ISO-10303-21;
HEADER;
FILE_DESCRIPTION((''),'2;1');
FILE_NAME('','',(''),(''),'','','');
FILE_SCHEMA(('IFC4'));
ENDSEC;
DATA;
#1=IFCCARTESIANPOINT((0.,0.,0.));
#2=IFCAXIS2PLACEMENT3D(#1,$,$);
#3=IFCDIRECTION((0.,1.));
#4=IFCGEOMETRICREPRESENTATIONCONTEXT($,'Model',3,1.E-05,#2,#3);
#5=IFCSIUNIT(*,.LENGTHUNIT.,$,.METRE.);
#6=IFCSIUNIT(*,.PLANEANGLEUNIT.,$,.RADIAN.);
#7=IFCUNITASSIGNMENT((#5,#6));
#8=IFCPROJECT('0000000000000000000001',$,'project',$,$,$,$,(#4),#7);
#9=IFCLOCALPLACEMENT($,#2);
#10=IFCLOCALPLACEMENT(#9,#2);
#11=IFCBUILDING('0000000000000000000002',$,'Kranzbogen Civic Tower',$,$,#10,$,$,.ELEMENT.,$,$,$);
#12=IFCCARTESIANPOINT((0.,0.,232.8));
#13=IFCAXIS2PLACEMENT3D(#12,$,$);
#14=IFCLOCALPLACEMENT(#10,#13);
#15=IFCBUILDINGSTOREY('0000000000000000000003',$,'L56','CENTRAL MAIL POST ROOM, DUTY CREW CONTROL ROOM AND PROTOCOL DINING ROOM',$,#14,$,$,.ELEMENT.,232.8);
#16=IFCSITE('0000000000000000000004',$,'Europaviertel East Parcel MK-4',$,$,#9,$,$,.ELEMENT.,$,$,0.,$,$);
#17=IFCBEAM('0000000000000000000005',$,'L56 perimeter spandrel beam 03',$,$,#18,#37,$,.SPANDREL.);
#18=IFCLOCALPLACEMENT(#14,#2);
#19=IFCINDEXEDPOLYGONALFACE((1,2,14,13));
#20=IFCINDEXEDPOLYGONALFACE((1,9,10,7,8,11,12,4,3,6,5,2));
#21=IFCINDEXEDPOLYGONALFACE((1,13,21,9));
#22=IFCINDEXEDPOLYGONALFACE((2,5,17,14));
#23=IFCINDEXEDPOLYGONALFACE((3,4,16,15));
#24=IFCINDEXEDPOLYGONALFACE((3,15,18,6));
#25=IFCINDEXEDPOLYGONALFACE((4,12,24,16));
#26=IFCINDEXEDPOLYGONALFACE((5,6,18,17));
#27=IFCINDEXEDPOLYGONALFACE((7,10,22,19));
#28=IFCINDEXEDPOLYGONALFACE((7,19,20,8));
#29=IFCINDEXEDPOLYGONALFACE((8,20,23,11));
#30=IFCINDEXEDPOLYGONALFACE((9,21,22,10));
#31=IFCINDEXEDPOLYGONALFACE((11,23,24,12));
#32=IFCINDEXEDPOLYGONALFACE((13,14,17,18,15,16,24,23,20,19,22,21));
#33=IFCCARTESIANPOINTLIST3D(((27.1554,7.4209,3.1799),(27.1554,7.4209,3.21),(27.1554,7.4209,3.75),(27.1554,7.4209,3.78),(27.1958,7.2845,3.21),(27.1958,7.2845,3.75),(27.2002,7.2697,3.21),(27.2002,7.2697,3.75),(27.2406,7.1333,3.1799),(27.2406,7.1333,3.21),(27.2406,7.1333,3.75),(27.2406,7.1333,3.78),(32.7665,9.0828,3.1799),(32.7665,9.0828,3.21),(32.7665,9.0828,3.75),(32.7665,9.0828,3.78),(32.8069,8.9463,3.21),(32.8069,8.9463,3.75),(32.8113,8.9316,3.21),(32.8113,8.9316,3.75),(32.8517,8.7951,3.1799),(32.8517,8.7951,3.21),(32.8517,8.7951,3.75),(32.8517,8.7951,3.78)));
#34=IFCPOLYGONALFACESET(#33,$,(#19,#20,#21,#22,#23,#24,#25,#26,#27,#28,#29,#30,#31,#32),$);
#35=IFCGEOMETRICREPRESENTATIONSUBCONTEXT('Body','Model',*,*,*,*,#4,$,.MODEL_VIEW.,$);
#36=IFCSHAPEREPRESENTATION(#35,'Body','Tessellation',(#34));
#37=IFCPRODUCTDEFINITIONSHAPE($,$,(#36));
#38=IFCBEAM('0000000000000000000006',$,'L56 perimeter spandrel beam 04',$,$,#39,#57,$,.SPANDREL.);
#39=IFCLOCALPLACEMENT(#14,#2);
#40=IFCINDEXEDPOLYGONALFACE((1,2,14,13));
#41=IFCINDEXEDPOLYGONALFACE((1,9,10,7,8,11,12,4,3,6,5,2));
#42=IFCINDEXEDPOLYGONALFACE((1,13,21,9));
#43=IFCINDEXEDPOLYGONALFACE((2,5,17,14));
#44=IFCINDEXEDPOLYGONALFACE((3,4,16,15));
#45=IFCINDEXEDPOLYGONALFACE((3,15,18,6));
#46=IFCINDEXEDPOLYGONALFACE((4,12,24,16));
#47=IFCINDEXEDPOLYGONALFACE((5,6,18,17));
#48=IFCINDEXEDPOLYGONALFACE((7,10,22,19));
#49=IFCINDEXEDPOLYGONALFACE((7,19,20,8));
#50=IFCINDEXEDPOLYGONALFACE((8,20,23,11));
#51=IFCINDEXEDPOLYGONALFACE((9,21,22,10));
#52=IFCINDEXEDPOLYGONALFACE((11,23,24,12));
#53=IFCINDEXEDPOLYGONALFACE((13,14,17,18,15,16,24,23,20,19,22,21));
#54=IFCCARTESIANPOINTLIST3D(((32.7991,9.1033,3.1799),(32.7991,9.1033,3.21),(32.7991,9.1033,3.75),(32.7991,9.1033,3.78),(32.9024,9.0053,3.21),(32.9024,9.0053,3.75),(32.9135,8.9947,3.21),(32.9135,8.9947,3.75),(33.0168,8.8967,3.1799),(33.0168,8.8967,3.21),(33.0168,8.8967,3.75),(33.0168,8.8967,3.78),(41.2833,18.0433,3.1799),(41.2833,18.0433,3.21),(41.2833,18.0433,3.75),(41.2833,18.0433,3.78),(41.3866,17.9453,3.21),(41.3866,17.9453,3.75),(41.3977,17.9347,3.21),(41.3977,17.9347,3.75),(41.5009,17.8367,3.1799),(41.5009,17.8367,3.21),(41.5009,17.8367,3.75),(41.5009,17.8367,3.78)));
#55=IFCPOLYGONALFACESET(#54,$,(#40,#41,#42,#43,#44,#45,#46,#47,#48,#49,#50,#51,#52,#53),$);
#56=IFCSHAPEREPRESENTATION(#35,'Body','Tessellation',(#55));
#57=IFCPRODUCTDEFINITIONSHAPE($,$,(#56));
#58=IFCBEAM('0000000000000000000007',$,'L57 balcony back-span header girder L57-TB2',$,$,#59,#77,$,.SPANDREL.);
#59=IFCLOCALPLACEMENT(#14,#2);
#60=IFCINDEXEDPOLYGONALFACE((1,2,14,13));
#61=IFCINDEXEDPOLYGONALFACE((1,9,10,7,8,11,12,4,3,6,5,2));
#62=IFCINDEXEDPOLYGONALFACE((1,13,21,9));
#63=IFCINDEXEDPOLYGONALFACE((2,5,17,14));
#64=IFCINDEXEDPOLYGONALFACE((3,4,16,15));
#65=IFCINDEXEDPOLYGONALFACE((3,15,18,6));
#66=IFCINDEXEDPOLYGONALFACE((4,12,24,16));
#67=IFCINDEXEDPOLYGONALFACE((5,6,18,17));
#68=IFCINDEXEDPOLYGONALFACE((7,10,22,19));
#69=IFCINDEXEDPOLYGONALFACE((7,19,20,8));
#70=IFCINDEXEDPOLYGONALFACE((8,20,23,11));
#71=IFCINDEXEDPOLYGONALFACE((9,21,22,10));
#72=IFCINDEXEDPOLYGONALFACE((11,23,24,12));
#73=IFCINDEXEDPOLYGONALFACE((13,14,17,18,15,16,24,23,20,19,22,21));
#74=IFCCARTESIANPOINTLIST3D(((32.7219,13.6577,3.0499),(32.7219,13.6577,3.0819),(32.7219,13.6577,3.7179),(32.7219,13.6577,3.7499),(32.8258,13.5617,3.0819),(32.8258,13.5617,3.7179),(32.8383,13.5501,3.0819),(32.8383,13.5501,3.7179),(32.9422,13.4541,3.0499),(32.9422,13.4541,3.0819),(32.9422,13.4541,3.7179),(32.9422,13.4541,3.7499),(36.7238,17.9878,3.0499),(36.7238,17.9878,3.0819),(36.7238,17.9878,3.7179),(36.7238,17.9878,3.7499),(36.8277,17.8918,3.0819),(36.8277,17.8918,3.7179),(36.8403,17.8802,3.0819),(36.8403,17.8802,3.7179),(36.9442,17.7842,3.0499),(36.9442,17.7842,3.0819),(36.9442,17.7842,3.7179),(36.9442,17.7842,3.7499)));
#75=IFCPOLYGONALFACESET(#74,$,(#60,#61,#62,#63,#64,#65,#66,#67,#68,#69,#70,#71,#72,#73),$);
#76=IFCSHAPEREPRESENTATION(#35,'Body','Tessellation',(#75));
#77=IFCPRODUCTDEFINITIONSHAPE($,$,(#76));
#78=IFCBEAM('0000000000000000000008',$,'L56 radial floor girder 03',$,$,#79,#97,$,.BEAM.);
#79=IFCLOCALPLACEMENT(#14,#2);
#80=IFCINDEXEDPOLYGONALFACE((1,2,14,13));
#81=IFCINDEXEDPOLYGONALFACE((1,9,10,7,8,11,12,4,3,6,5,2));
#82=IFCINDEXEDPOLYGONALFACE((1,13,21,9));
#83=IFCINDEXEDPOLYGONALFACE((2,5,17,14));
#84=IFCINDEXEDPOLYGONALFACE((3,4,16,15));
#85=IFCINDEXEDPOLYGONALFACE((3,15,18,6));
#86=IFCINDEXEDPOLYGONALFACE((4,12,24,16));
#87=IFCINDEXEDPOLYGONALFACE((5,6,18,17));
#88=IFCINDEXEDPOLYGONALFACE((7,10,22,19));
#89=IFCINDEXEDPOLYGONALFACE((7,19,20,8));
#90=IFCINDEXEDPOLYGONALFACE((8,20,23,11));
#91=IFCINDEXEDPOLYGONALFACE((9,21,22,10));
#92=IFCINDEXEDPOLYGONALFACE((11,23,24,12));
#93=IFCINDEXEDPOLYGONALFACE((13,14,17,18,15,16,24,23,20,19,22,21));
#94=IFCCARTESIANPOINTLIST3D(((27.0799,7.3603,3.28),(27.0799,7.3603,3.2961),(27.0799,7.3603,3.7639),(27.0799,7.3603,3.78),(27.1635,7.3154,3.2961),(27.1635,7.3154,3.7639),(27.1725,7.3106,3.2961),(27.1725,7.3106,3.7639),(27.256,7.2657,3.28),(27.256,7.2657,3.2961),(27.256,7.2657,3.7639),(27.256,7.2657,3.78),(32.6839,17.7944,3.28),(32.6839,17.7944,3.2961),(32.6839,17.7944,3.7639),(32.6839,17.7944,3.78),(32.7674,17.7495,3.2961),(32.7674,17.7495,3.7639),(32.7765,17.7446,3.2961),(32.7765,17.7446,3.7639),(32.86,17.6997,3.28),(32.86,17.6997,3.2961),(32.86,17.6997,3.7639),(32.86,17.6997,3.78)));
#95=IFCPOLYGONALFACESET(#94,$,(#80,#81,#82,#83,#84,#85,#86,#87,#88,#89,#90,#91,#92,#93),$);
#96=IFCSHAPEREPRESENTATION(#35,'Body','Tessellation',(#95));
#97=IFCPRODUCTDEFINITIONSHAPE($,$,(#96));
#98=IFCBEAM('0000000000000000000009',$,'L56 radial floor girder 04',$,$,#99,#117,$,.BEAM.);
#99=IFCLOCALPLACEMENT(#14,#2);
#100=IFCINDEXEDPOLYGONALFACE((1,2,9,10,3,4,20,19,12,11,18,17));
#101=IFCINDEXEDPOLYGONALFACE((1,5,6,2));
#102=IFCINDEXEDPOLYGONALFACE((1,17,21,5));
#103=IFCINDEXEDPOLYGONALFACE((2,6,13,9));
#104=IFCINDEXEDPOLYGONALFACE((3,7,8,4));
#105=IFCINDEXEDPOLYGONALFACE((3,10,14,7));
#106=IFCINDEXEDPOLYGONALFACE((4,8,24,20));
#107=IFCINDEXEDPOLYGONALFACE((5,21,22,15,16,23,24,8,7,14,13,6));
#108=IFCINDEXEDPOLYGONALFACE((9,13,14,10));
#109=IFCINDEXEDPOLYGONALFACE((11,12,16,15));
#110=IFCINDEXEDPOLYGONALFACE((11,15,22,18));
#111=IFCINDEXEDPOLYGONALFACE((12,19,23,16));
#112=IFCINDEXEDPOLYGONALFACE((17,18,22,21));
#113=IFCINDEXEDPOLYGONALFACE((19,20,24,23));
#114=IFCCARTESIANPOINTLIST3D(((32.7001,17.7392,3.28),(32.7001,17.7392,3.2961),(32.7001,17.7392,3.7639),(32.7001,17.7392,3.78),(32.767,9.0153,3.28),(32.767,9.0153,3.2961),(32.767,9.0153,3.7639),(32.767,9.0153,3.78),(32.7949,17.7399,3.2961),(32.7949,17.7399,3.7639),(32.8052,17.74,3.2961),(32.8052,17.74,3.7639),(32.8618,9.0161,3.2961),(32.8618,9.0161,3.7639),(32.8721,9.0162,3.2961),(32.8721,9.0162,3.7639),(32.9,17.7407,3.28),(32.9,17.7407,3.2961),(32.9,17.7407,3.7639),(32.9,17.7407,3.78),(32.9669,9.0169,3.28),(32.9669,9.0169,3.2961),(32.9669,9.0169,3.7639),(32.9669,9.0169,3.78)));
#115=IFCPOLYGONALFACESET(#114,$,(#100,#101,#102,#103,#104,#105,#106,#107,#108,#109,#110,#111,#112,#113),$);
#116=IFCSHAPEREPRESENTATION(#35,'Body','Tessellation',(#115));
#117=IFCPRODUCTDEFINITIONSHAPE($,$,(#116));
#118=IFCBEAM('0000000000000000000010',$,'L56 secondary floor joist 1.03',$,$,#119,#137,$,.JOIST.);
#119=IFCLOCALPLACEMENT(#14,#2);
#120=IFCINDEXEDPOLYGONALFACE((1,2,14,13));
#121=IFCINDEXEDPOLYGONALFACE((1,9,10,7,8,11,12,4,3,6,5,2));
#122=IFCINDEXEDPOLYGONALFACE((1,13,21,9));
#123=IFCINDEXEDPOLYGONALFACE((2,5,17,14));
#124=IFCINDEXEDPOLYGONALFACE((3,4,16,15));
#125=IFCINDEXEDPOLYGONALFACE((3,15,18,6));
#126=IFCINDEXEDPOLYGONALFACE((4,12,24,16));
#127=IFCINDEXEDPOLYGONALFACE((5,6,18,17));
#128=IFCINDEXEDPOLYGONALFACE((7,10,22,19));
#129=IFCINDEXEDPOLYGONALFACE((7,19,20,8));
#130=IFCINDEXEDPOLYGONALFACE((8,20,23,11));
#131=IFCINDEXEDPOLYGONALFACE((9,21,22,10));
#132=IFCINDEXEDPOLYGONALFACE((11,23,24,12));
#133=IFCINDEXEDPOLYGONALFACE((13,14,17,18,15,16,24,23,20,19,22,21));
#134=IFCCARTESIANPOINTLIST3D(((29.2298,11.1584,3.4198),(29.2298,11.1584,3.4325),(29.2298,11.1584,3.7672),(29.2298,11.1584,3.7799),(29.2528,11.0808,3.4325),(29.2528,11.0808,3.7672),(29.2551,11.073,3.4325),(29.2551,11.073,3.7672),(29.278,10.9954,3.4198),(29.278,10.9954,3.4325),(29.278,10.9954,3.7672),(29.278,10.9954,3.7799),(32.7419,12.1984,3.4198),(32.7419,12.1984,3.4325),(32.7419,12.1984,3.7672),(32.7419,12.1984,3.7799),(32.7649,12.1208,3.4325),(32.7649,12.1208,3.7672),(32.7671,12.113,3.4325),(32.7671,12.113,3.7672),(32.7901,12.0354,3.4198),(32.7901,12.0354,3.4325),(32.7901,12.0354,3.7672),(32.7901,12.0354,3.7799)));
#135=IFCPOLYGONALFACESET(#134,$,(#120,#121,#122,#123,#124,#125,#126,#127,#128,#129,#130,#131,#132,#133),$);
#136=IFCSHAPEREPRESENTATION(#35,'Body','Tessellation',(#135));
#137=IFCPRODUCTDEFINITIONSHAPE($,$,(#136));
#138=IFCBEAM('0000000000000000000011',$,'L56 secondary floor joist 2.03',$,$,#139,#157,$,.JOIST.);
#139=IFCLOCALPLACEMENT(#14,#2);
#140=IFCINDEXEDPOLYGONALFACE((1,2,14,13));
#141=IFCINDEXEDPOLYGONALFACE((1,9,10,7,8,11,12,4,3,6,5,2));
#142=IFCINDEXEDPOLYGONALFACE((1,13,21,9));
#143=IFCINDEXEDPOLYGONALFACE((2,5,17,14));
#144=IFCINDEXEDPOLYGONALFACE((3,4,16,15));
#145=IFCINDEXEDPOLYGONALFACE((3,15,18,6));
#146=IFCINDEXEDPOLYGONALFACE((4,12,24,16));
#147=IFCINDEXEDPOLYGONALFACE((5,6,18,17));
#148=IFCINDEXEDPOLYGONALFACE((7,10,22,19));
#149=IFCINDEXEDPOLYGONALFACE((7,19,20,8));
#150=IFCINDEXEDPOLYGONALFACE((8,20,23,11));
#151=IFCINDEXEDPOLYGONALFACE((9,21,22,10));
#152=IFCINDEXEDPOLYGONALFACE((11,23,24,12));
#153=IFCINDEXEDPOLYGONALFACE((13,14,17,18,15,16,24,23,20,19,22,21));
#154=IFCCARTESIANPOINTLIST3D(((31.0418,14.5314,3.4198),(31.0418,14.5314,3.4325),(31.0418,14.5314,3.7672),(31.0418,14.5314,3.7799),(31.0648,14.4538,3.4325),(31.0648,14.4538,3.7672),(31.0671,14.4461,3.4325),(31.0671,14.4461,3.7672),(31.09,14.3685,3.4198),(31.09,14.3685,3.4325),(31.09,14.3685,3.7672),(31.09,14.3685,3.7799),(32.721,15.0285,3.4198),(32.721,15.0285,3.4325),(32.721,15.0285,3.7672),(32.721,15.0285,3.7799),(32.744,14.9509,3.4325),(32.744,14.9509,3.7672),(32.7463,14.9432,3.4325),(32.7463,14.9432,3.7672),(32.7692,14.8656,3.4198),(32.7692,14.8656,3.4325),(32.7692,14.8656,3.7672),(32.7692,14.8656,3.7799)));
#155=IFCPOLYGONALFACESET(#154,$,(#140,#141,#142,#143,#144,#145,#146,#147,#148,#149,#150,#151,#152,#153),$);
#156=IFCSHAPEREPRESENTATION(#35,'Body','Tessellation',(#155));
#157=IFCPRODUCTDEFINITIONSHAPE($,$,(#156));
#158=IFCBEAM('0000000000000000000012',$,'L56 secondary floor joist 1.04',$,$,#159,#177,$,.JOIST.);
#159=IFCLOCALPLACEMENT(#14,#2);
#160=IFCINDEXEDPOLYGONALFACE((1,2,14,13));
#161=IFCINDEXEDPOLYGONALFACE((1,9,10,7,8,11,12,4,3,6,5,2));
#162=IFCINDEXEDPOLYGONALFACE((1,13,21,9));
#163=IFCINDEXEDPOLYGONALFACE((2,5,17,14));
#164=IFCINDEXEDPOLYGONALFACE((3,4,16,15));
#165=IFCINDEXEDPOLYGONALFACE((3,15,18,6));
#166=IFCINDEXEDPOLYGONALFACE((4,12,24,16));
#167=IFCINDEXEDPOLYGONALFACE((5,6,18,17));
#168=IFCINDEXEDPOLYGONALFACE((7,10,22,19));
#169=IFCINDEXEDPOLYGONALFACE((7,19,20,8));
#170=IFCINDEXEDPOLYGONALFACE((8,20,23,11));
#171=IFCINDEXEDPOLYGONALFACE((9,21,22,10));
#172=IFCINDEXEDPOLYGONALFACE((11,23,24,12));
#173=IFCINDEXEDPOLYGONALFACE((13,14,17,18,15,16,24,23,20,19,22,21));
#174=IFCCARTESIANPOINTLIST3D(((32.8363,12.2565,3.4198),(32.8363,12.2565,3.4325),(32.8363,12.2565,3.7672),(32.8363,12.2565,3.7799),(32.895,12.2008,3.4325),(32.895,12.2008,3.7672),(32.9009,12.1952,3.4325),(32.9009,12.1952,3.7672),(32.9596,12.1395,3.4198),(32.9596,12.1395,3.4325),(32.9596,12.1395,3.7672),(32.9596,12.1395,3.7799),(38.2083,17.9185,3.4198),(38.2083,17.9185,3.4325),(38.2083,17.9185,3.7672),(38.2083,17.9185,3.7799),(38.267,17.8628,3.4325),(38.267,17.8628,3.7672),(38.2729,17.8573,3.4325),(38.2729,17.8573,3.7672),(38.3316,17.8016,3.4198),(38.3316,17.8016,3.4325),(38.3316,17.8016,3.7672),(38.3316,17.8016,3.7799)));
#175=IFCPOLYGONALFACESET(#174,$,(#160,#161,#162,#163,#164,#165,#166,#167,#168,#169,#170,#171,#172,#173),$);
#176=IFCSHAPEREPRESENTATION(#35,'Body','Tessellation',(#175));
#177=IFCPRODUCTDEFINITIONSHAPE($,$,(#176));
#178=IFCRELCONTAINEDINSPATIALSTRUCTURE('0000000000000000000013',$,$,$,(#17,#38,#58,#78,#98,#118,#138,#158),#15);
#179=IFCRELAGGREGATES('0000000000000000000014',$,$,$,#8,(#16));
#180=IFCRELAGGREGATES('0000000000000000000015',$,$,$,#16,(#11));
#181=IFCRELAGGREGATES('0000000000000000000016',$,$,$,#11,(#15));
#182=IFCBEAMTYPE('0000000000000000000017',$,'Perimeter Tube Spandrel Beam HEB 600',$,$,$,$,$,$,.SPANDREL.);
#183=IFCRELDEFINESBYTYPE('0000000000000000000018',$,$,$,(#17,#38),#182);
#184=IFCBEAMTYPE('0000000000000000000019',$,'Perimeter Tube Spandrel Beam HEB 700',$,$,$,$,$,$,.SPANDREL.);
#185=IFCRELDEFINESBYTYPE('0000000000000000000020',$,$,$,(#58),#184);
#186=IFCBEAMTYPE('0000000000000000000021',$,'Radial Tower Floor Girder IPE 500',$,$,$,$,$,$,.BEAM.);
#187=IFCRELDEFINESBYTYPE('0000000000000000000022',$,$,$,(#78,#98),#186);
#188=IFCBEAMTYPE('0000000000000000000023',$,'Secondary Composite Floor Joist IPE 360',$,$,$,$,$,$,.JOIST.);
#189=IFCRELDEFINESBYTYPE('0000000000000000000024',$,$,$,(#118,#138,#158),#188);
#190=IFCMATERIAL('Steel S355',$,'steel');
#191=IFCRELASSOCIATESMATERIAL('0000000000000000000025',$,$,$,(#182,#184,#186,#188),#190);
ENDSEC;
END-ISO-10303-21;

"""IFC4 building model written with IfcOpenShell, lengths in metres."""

from ifc_helpers import new_model, si_unit, direction, frame, origin, origin_2d, place, context, subcontext, project, spatial, i_section, extrude, material, material_profile, profile_set, type_object, element, save


model = new_model("IFC4")

# Units and contexts
model_context = context("Model", 3, precision=1e-05, world=origin(), true_north=direction((0.0, 1.0)))
body_context = subcontext(model_context, "Body", "Model", "MODEL_VIEW")
ifc_project = project(units=[si_unit("LENGTHUNIT", "METRE"), si_unit("PLANEANGLEUNIT", "RADIAN")], contexts=[model_context])

# Site, building, storey
site_placement = place(None, origin())
site = spatial("IfcSite", under=ifc_project, at=site_placement, Name="Europaviertel East Parcel MK-4", CompositionType="ELEMENT", RefElevation=0.0)
building_placement = place(site_placement, origin())
building = spatial("IfcBuilding", under=site, at=building_placement, Name="Kranzbogen Civic Tower", CompositionType="ELEMENT")
storey_placement = place(building_placement, frame((0.0, 0.0, 232.8)))
storey = spatial("IfcBuildingStorey", under=building, at=storey_placement, Name="L56", Description="CENTRAL MAIL POST ROOM, DUTY CREW CONTROL ROOM AND PROTOCOL DINING ROOM", CompositionType="ELEMENT", Elevation=232.8)

# Shared definitions
ifc_material_1 = material(Name="Steel S355", Category="steel")

# Beams
ifc_material_profile_1 = material_profile(ifc_material_1, i_section(OverallWidth=0.3, OverallDepth=0.6001, WebThickness=0.0154, FlangeThickness=0.03, at=origin_2d()), Name="HEB 600")
ifc_profile_set_1 = profile_set([ifc_material_profile_1], Name="Steel S355")
beam_type_1 = type_object("IfcBeamType", Name="Perimeter Tube Spandrel Beam HEB 600", PredefinedType="SPANDREL", material=ifc_profile_set_1)
beam_1_placement = place(storey_placement, frame((27.198, 7.2771, 3.48), z_axis=(0.95883, 0.283982, 0.0), x_axis=(-0.283982, 0.95883, 0.0)))
element("IfcBeam", 1, at=beam_1_placement, inside=storey, type_object=beam_type_1, Name="L56 perimeter spandrel beam 03", PredefinedType="SPANDREL", context=body_context, shape_type="SweptSolid", body=[
    extrude(i_section(OverallWidth=0.3, OverallDepth=0.6001, WebThickness=0.0154, FlangeThickness=0.03, at=origin_2d()), origin(), (0.0, 0.0, 1.0), 5.8521),
])
beam_2_placement = place(storey_placement, frame((32.908, 9.0, 3.48), z_axis=(0.688373, 0.725356, 0.0), x_axis=(-0.725356, 0.688373, 0.0)))
element("IfcBeam", 2, at=beam_2_placement, inside=storey, type_object=beam_type_1, Name="L56 perimeter spandrel beam 04", PredefinedType="SPANDREL", context=body_context, shape_type="SweptSolid", body=[
    extrude(i_section(OverallWidth=0.3, OverallDepth=0.6001, WebThickness=0.0154, FlangeThickness=0.03, at=origin_2d()), origin(), (0.0, 0.0, 1.0), 12.325),
])
ifc_material_profile_2 = material_profile(ifc_material_1, i_section(OverallWidth=0.3, OverallDepth=0.7, WebThickness=0.0171, FlangeThickness=0.032, at=origin_2d()), Name="HEB 700")
ifc_profile_set_2 = profile_set([ifc_material_profile_2], Name="Steel S355")
beam_type_2 = type_object("IfcBeamType", Name="Perimeter Tube Spandrel Beam HEB 700", PredefinedType="SPANDREL", material=ifc_profile_set_2)
beam_3_placement = place(storey_placement, frame((32.832, 13.5559, 3.3999), z_axis=(0.678734, 0.734384, 0.0), x_axis=(-0.734384, 0.678734, 0.0)))
element("IfcBeam", 3, at=beam_3_placement, inside=storey, type_object=beam_type_2, Name="L57 balcony back-span header girder L57-TB2", PredefinedType="SPANDREL", context=body_context, shape_type="SweptSolid", body=[
    extrude(i_section(OverallWidth=0.3, OverallDepth=0.7, WebThickness=0.0171, FlangeThickness=0.032, at=origin_2d()), origin(), (0.0, 0.0, 1.0), 5.8962),
])
ifc_material_profile_3 = material_profile(ifc_material_1, i_section(OverallWidth=0.2, OverallDepth=0.5, WebThickness=0.0103, FlangeThickness=0.0161, at=origin_2d()), Name="IPE 500")
ifc_profile_set_3 = profile_set([ifc_material_profile_3], Name="Steel S355")
beam_type_3 = type_object("IfcBeamType", Name="Radial Tower Floor Girder IPE 500", PredefinedType="BEAM", material=ifc_profile_set_3)
beam_4_placement = place(storey_placement, frame((27.168, 7.313, 3.53), z_axis=(0.47316, 0.880976, 0.0), x_axis=(-0.880976, 0.47316, 0.0)))
element("IfcBeam", 4, at=beam_4_placement, inside=storey, type_object=beam_type_3, Name="L56 radial floor girder 03", PredefinedType="BEAM", context=body_context, shape_type="SweptSolid", body=[
    extrude(i_section(OverallWidth=0.2, OverallDepth=0.5, WebThickness=0.0103, FlangeThickness=0.0161, at=origin_2d()), origin(), (0.0, 0.0, 1.0), 11.8438),
])
beam_5_placement = place(storey_placement, frame((32.8669, 9.0161, 3.53), z_axis=(-0.007668, 0.999971, 0.0), x_axis=(-0.999971, -0.007668, 0.0)))
element("IfcBeam", 5, at=beam_5_placement, inside=storey, type_object=beam_type_3, Name="L56 radial floor girder 04", PredefinedType="BEAM", context=body_context, shape_type="SweptSolid", body=[
    extrude(i_section(OverallWidth=0.2, OverallDepth=0.5, WebThickness=0.0103, FlangeThickness=0.0161, at=origin_2d()), origin(), (0.0, 0.0, 1.0), 8.7241),
])
ifc_material_profile_4 = material_profile(ifc_material_1, i_section(OverallWidth=0.1699, OverallDepth=0.3601, WebThickness=0.0081, FlangeThickness=0.0127, at=origin_2d()), Name="IPE 360")
ifc_profile_set_4 = profile_set([ifc_material_profile_4], Name="Steel S355")
beam_type_4 = type_object("IfcBeamType", Name="Secondary Composite Floor Joist IPE 360", PredefinedType="JOIST", material=ifc_profile_set_4)
beam_6_placement = place(storey_placement, frame((29.2539, 11.0769, 3.5999), z_axis=(0.958844, 0.283934, 0.0), x_axis=(-0.283934, 0.958844, 0.0)))
element("IfcBeam", 6, at=beam_6_placement, inside=storey, type_object=beam_type_4, Name="L56 secondary floor joist 1.03", PredefinedType="JOIST", context=body_context, shape_type="SweptSolid", body=[
    extrude(i_section(OverallWidth=0.1699, OverallDepth=0.3601, WebThickness=0.0081, FlangeThickness=0.0127, at=origin_2d()), origin(), (0.0, 0.0, 1.0), 3.6628),
])
beam_7_placement = place(storey_placement, frame((31.0659, 14.45, 3.5999), z_axis=(0.958871, 0.283841, 0.0), x_axis=(-0.283841, 0.958871, 0.0)))
element("IfcBeam", 7, at=beam_7_placement, inside=storey, type_object=beam_type_4, Name="L56 secondary floor joist 2.03", PredefinedType="JOIST", context=body_context, shape_type="SweptSolid", body=[
    extrude(i_section(OverallWidth=0.1699, OverallDepth=0.3601, WebThickness=0.0081, FlangeThickness=0.0127, at=origin_2d()), origin(), (0.0, 0.0, 1.0), 1.7512),
])
beam_8_placement = place(storey_placement, frame((32.8979, 12.198, 3.5999), z_axis=(0.688282, 0.725443, 0.0), x_axis=(-0.725443, 0.688282, 0.0)))
element("IfcBeam", 8, at=beam_8_placement, inside=storey, type_object=beam_type_4, Name="L56 secondary floor joist 1.04", PredefinedType="JOIST", context=body_context, shape_type="SweptSolid", body=[
    extrude(i_section(OverallWidth=0.1699, OverallDepth=0.3601, WebThickness=0.0081, FlangeThickness=0.0127, at=origin_2d()), origin(), (0.0, 0.0, 1.0), 7.8049),
])

save(model, "model.ifc")
